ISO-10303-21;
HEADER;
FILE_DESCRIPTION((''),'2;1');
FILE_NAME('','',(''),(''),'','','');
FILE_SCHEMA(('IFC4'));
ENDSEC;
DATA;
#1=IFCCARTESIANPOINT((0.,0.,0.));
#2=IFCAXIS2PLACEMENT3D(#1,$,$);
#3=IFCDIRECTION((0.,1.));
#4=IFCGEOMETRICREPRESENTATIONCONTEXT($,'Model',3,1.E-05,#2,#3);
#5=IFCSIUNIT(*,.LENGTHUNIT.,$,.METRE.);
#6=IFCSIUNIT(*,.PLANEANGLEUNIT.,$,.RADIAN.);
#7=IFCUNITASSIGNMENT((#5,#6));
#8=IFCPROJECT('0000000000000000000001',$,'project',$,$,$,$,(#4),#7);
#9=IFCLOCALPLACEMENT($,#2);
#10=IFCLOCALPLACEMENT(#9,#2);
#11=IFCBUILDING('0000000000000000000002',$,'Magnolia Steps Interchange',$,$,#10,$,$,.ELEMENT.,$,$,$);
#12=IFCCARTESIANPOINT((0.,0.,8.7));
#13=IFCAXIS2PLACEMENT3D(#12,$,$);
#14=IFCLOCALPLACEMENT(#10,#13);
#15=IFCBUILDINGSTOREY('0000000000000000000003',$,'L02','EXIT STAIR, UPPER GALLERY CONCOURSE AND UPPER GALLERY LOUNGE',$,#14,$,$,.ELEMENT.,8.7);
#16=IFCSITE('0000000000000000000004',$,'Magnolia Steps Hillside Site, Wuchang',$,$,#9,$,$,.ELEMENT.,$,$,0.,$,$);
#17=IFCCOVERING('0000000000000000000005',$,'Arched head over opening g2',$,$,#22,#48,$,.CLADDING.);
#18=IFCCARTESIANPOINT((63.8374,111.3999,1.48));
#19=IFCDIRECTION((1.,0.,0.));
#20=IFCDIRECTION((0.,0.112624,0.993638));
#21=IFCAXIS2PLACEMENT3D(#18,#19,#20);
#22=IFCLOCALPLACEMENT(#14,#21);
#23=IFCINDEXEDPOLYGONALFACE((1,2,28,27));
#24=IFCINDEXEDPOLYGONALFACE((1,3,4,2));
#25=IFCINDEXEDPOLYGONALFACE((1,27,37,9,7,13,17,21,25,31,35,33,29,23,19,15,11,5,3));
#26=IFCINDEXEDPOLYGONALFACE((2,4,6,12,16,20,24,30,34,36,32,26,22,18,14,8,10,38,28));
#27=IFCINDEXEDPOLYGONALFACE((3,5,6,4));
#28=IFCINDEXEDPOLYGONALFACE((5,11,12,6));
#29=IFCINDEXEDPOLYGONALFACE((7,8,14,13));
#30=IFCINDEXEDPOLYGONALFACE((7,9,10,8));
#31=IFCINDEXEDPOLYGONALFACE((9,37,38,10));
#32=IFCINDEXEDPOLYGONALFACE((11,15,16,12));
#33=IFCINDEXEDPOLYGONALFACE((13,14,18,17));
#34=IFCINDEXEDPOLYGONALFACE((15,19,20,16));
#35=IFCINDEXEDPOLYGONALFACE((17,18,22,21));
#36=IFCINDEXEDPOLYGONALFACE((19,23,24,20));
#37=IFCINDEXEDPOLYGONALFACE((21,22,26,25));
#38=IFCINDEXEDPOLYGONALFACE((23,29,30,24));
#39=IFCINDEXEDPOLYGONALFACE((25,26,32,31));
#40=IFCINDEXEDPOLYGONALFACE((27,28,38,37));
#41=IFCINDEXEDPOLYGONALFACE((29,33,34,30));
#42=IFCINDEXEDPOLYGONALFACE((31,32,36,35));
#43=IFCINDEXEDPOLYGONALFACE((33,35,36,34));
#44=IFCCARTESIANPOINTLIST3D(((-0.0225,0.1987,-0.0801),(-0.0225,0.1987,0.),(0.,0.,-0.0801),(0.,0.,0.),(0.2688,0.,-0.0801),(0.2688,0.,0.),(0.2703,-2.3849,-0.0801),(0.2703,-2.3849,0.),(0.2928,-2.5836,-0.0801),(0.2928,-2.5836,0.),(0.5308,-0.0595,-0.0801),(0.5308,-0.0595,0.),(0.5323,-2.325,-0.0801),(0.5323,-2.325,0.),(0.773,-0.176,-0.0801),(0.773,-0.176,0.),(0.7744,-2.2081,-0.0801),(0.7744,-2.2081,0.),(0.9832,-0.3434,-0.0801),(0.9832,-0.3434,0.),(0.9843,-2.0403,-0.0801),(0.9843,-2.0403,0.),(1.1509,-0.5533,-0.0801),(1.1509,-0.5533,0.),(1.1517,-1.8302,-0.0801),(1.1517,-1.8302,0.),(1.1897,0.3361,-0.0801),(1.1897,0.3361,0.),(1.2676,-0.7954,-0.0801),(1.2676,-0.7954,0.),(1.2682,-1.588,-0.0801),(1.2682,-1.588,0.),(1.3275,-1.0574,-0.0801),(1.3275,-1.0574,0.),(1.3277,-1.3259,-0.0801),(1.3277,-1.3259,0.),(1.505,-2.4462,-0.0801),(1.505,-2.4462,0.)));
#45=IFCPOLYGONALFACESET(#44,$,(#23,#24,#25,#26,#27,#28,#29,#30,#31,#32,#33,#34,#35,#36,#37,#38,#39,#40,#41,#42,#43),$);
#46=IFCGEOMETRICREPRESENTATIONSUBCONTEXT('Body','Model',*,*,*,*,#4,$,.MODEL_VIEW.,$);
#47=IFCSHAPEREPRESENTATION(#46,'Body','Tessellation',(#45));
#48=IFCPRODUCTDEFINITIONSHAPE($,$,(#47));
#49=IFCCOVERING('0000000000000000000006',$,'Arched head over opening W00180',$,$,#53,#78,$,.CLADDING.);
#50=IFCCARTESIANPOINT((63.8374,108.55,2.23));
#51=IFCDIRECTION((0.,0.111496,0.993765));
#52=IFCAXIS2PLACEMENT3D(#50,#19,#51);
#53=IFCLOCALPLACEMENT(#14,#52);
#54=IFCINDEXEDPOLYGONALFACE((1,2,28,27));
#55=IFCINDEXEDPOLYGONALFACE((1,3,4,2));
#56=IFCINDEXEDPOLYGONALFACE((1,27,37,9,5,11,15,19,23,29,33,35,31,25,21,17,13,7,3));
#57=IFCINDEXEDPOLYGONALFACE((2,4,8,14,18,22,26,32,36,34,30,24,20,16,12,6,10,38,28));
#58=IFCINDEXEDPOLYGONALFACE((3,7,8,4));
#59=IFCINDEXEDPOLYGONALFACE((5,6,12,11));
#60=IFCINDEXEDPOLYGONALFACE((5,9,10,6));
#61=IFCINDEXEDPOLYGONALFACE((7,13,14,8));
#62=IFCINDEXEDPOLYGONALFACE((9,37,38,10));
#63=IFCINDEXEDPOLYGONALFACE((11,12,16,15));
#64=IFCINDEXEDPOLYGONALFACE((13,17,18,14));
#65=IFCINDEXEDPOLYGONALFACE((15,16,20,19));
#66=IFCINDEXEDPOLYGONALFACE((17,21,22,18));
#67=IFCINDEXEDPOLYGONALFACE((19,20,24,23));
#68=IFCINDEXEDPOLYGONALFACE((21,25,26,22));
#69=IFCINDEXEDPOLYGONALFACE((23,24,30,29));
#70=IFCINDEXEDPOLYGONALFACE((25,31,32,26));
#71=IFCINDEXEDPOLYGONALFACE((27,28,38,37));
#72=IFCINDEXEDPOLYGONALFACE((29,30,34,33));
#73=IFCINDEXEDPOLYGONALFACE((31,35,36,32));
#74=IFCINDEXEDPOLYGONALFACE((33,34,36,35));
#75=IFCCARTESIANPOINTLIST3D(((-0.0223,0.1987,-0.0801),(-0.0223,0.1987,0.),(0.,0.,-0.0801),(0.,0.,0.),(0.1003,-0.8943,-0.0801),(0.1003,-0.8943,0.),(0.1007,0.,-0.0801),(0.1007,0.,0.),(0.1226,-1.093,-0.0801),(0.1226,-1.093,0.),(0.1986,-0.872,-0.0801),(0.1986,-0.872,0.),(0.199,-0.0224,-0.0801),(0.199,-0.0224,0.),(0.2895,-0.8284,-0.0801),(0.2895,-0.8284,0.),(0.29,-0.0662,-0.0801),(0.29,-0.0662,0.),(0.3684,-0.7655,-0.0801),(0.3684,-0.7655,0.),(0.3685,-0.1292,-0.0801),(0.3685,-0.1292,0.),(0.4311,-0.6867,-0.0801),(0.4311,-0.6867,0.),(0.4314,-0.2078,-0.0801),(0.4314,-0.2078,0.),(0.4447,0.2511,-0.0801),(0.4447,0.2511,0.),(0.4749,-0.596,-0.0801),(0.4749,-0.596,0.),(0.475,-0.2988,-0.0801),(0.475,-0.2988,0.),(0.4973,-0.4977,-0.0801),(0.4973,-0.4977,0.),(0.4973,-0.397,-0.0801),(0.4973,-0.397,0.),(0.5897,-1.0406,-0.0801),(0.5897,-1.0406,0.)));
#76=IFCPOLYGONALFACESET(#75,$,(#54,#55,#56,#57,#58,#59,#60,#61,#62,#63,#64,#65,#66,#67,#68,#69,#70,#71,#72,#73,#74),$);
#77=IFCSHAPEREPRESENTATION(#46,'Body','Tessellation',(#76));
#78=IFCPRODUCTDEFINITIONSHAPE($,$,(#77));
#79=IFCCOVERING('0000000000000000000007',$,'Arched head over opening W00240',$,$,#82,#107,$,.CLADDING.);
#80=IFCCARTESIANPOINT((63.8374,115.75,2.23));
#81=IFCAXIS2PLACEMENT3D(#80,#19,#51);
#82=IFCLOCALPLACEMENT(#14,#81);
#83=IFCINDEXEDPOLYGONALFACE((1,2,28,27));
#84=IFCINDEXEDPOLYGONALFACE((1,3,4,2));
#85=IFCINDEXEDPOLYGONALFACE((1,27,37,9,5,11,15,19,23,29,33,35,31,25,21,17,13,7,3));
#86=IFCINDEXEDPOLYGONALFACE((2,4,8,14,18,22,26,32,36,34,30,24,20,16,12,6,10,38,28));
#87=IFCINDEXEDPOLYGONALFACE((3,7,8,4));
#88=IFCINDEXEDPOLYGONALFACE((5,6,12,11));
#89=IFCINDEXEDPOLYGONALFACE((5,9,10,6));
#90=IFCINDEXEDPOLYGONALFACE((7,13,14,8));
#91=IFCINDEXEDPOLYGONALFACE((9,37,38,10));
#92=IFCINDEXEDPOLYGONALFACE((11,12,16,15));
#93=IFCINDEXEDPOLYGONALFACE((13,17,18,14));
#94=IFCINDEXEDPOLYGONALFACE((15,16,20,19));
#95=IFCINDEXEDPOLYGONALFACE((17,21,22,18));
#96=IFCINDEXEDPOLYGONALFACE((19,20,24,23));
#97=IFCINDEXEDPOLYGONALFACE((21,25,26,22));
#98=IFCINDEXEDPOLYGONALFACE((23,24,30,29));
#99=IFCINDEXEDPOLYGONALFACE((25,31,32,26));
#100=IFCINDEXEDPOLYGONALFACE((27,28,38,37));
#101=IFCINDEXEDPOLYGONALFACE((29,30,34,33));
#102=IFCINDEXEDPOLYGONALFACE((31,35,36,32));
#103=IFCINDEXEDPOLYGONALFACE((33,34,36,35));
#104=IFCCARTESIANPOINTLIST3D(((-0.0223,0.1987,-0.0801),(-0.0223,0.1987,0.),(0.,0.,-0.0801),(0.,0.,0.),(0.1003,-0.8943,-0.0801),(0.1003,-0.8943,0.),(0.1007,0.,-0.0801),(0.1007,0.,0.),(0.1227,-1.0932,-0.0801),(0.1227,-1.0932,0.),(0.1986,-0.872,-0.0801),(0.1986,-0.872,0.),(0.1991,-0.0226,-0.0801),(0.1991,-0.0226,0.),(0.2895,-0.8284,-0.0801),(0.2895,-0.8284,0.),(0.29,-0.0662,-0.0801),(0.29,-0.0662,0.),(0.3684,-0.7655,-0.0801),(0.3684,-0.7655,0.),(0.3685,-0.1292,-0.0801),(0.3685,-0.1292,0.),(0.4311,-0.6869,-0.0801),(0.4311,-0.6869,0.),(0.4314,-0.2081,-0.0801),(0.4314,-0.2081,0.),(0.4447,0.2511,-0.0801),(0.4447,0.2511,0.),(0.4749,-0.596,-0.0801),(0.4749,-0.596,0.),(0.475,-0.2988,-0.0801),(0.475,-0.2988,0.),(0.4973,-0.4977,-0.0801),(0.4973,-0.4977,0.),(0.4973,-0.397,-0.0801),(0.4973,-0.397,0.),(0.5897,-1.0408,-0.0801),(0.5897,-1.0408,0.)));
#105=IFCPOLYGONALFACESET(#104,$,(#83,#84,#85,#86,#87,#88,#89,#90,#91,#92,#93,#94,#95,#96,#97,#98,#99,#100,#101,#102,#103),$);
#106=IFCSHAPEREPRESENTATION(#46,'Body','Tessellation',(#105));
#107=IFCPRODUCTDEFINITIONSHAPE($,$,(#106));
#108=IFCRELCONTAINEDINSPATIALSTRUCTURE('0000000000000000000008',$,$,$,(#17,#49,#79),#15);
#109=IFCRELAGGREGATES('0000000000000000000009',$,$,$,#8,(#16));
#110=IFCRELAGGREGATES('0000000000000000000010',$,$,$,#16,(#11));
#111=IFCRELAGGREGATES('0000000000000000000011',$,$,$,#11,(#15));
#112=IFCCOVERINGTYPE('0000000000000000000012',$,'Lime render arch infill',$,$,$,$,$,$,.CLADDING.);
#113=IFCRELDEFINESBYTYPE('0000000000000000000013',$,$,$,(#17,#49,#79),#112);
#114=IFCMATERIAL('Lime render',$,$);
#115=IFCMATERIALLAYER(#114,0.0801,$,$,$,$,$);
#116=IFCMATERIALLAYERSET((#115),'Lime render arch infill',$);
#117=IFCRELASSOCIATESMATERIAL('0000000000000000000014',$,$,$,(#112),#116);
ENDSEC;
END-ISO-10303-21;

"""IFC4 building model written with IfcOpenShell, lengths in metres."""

from ifc_helpers import new_model, si_unit, direction, frame, origin, place, context, subcontext, project, spatial, polyline, outline, extrude, material, layer, layer_set, type_object, element, save


model = new_model("IFC4")

# Units and contexts
model_context = context("Model", 3, precision=1e-05, world=origin(), true_north=direction((0.0, 1.0)))
body_context = subcontext(model_context, "Body", "Model", "MODEL_VIEW")
ifc_project = project(units=[si_unit("LENGTHUNIT", "METRE"), si_unit("PLANEANGLEUNIT", "RADIAN")], contexts=[model_context])

# Site, building, storey
site_placement = place(None, origin())
site = spatial("IfcSite", under=ifc_project, at=site_placement, Name="Magnolia Steps Hillside Site, Wuchang", CompositionType="ELEMENT", RefElevation=0.0)
building_placement = place(site_placement, origin())
building = spatial("IfcBuilding", under=site, at=building_placement, Name="Magnolia Steps Interchange", CompositionType="ELEMENT")
storey_placement = place(building_placement, frame((0.0, 0.0, 8.7)))
storey = spatial("IfcBuildingStorey", under=building, at=storey_placement, Name="L02", Description="EXIT STAIR, UPPER GALLERY CONCOURSE AND UPPER GALLERY LOUNGE", CompositionType="ELEMENT", Elevation=8.7)

# Coverings
ifc_material_1 = material(Name="Lime render")
ifc_layer_1 = layer(ifc_material_1, 0.0801)
ifc_layer_set_1 = layer_set([ifc_layer_1], Name="Lime render arch infill")
covering_type_1 = type_object("IfcCoveringType", Name="Lime render arch infill", PredefinedType="CLADDING", material=ifc_layer_set_1)
covering_1_placement = place(storey_placement, frame((63.8374, 111.3999, 1.48), z_axis=(1.0, 0.0, 0.0), x_axis=(0.0, 0.112624, 0.993638)))
element("IfcCovering", 1, at=covering_1_placement, inside=storey, type_object=covering_type_1, Name="Arched head over opening g2", PredefinedType="CLADDING", context=body_context, shape_type="SweptSolid", body=[
    extrude(outline(polyline([(0.0, 0.0), (0.2688, 0.0), (0.5308, -0.0595), (0.773, -0.176), (0.9832, -0.3434), (1.1509, -0.5533), (1.2676, -0.7954), (1.3275, -1.0574), (1.3277, -1.3259), (1.2682, -1.588), (1.1517, -1.8302), (0.9843, -2.0403), (0.7744, -2.2081), (0.5323, -2.325), (0.2703, -2.3849), (0.2928, -2.5836), (1.505, -2.4462), (1.1897, 0.3361), (-0.0225, 0.1987), (0.0, 0.0)])), origin(), (0.0, 0.0, -1.0), 0.0801),
])
covering_2_placement = place(storey_placement, frame((63.8374, 108.55, 2.23), z_axis=(1.0, 0.0, 0.0), x_axis=(0.0, 0.111496, 0.993765)))
element("IfcCovering", 2, at=covering_2_placement, inside=storey, type_object=covering_type_1, Name="Arched head over opening W00180", PredefinedType="CLADDING", context=body_context, shape_type="SweptSolid", body=[
    extrude(outline(polyline([(0.0, 0.0), (0.1007, 0.0), (0.199, -0.0224), (0.29, -0.0662), (0.3685, -0.1292), (0.4314, -0.2078), (0.475, -0.2988), (0.4973, -0.397), (0.4973, -0.4977), (0.4749, -0.596), (0.4311, -0.6867), (0.3684, -0.7655), (0.2895, -0.8284), (0.1986, -0.872), (0.1003, -0.8943), (0.1226, -1.093), (0.5897, -1.0406), (0.4447, 0.2511), (-0.0223, 0.1987), (0.0, 0.0)])), origin(), (0.0, 0.0, -1.0), 0.0801),
])
covering_3_placement = place(storey_placement, frame((63.8374, 115.75, 2.23), z_axis=(1.0, 0.0, 0.0), x_axis=(0.0, 0.111496, 0.993765)))
element("IfcCovering", 3, at=covering_3_placement, inside=storey, type_object=covering_type_1, Name="Arched head over opening W00240", PredefinedType="CLADDING", context=body_context, shape_type="SweptSolid", body=[
    extrude(outline(polyline([(0.0, 0.0), (0.1007, 0.0), (0.1991, -0.0226), (0.29, -0.0662), (0.3685, -0.1292), (0.4314, -0.2081), (0.475, -0.2988), (0.4973, -0.397), (0.4973, -0.4977), (0.4749, -0.596), (0.4311, -0.6869), (0.3684, -0.7655), (0.2895, -0.8284), (0.1986, -0.872), (0.1003, -0.8943), (0.1227, -1.0932), (0.5897, -1.0408), (0.4447, 0.2511), (-0.0223, 0.1987), (0.0, 0.0)])), origin(), (0.0, 0.0, -1.0), 0.0801),
])

save(model, "model.ifc")
